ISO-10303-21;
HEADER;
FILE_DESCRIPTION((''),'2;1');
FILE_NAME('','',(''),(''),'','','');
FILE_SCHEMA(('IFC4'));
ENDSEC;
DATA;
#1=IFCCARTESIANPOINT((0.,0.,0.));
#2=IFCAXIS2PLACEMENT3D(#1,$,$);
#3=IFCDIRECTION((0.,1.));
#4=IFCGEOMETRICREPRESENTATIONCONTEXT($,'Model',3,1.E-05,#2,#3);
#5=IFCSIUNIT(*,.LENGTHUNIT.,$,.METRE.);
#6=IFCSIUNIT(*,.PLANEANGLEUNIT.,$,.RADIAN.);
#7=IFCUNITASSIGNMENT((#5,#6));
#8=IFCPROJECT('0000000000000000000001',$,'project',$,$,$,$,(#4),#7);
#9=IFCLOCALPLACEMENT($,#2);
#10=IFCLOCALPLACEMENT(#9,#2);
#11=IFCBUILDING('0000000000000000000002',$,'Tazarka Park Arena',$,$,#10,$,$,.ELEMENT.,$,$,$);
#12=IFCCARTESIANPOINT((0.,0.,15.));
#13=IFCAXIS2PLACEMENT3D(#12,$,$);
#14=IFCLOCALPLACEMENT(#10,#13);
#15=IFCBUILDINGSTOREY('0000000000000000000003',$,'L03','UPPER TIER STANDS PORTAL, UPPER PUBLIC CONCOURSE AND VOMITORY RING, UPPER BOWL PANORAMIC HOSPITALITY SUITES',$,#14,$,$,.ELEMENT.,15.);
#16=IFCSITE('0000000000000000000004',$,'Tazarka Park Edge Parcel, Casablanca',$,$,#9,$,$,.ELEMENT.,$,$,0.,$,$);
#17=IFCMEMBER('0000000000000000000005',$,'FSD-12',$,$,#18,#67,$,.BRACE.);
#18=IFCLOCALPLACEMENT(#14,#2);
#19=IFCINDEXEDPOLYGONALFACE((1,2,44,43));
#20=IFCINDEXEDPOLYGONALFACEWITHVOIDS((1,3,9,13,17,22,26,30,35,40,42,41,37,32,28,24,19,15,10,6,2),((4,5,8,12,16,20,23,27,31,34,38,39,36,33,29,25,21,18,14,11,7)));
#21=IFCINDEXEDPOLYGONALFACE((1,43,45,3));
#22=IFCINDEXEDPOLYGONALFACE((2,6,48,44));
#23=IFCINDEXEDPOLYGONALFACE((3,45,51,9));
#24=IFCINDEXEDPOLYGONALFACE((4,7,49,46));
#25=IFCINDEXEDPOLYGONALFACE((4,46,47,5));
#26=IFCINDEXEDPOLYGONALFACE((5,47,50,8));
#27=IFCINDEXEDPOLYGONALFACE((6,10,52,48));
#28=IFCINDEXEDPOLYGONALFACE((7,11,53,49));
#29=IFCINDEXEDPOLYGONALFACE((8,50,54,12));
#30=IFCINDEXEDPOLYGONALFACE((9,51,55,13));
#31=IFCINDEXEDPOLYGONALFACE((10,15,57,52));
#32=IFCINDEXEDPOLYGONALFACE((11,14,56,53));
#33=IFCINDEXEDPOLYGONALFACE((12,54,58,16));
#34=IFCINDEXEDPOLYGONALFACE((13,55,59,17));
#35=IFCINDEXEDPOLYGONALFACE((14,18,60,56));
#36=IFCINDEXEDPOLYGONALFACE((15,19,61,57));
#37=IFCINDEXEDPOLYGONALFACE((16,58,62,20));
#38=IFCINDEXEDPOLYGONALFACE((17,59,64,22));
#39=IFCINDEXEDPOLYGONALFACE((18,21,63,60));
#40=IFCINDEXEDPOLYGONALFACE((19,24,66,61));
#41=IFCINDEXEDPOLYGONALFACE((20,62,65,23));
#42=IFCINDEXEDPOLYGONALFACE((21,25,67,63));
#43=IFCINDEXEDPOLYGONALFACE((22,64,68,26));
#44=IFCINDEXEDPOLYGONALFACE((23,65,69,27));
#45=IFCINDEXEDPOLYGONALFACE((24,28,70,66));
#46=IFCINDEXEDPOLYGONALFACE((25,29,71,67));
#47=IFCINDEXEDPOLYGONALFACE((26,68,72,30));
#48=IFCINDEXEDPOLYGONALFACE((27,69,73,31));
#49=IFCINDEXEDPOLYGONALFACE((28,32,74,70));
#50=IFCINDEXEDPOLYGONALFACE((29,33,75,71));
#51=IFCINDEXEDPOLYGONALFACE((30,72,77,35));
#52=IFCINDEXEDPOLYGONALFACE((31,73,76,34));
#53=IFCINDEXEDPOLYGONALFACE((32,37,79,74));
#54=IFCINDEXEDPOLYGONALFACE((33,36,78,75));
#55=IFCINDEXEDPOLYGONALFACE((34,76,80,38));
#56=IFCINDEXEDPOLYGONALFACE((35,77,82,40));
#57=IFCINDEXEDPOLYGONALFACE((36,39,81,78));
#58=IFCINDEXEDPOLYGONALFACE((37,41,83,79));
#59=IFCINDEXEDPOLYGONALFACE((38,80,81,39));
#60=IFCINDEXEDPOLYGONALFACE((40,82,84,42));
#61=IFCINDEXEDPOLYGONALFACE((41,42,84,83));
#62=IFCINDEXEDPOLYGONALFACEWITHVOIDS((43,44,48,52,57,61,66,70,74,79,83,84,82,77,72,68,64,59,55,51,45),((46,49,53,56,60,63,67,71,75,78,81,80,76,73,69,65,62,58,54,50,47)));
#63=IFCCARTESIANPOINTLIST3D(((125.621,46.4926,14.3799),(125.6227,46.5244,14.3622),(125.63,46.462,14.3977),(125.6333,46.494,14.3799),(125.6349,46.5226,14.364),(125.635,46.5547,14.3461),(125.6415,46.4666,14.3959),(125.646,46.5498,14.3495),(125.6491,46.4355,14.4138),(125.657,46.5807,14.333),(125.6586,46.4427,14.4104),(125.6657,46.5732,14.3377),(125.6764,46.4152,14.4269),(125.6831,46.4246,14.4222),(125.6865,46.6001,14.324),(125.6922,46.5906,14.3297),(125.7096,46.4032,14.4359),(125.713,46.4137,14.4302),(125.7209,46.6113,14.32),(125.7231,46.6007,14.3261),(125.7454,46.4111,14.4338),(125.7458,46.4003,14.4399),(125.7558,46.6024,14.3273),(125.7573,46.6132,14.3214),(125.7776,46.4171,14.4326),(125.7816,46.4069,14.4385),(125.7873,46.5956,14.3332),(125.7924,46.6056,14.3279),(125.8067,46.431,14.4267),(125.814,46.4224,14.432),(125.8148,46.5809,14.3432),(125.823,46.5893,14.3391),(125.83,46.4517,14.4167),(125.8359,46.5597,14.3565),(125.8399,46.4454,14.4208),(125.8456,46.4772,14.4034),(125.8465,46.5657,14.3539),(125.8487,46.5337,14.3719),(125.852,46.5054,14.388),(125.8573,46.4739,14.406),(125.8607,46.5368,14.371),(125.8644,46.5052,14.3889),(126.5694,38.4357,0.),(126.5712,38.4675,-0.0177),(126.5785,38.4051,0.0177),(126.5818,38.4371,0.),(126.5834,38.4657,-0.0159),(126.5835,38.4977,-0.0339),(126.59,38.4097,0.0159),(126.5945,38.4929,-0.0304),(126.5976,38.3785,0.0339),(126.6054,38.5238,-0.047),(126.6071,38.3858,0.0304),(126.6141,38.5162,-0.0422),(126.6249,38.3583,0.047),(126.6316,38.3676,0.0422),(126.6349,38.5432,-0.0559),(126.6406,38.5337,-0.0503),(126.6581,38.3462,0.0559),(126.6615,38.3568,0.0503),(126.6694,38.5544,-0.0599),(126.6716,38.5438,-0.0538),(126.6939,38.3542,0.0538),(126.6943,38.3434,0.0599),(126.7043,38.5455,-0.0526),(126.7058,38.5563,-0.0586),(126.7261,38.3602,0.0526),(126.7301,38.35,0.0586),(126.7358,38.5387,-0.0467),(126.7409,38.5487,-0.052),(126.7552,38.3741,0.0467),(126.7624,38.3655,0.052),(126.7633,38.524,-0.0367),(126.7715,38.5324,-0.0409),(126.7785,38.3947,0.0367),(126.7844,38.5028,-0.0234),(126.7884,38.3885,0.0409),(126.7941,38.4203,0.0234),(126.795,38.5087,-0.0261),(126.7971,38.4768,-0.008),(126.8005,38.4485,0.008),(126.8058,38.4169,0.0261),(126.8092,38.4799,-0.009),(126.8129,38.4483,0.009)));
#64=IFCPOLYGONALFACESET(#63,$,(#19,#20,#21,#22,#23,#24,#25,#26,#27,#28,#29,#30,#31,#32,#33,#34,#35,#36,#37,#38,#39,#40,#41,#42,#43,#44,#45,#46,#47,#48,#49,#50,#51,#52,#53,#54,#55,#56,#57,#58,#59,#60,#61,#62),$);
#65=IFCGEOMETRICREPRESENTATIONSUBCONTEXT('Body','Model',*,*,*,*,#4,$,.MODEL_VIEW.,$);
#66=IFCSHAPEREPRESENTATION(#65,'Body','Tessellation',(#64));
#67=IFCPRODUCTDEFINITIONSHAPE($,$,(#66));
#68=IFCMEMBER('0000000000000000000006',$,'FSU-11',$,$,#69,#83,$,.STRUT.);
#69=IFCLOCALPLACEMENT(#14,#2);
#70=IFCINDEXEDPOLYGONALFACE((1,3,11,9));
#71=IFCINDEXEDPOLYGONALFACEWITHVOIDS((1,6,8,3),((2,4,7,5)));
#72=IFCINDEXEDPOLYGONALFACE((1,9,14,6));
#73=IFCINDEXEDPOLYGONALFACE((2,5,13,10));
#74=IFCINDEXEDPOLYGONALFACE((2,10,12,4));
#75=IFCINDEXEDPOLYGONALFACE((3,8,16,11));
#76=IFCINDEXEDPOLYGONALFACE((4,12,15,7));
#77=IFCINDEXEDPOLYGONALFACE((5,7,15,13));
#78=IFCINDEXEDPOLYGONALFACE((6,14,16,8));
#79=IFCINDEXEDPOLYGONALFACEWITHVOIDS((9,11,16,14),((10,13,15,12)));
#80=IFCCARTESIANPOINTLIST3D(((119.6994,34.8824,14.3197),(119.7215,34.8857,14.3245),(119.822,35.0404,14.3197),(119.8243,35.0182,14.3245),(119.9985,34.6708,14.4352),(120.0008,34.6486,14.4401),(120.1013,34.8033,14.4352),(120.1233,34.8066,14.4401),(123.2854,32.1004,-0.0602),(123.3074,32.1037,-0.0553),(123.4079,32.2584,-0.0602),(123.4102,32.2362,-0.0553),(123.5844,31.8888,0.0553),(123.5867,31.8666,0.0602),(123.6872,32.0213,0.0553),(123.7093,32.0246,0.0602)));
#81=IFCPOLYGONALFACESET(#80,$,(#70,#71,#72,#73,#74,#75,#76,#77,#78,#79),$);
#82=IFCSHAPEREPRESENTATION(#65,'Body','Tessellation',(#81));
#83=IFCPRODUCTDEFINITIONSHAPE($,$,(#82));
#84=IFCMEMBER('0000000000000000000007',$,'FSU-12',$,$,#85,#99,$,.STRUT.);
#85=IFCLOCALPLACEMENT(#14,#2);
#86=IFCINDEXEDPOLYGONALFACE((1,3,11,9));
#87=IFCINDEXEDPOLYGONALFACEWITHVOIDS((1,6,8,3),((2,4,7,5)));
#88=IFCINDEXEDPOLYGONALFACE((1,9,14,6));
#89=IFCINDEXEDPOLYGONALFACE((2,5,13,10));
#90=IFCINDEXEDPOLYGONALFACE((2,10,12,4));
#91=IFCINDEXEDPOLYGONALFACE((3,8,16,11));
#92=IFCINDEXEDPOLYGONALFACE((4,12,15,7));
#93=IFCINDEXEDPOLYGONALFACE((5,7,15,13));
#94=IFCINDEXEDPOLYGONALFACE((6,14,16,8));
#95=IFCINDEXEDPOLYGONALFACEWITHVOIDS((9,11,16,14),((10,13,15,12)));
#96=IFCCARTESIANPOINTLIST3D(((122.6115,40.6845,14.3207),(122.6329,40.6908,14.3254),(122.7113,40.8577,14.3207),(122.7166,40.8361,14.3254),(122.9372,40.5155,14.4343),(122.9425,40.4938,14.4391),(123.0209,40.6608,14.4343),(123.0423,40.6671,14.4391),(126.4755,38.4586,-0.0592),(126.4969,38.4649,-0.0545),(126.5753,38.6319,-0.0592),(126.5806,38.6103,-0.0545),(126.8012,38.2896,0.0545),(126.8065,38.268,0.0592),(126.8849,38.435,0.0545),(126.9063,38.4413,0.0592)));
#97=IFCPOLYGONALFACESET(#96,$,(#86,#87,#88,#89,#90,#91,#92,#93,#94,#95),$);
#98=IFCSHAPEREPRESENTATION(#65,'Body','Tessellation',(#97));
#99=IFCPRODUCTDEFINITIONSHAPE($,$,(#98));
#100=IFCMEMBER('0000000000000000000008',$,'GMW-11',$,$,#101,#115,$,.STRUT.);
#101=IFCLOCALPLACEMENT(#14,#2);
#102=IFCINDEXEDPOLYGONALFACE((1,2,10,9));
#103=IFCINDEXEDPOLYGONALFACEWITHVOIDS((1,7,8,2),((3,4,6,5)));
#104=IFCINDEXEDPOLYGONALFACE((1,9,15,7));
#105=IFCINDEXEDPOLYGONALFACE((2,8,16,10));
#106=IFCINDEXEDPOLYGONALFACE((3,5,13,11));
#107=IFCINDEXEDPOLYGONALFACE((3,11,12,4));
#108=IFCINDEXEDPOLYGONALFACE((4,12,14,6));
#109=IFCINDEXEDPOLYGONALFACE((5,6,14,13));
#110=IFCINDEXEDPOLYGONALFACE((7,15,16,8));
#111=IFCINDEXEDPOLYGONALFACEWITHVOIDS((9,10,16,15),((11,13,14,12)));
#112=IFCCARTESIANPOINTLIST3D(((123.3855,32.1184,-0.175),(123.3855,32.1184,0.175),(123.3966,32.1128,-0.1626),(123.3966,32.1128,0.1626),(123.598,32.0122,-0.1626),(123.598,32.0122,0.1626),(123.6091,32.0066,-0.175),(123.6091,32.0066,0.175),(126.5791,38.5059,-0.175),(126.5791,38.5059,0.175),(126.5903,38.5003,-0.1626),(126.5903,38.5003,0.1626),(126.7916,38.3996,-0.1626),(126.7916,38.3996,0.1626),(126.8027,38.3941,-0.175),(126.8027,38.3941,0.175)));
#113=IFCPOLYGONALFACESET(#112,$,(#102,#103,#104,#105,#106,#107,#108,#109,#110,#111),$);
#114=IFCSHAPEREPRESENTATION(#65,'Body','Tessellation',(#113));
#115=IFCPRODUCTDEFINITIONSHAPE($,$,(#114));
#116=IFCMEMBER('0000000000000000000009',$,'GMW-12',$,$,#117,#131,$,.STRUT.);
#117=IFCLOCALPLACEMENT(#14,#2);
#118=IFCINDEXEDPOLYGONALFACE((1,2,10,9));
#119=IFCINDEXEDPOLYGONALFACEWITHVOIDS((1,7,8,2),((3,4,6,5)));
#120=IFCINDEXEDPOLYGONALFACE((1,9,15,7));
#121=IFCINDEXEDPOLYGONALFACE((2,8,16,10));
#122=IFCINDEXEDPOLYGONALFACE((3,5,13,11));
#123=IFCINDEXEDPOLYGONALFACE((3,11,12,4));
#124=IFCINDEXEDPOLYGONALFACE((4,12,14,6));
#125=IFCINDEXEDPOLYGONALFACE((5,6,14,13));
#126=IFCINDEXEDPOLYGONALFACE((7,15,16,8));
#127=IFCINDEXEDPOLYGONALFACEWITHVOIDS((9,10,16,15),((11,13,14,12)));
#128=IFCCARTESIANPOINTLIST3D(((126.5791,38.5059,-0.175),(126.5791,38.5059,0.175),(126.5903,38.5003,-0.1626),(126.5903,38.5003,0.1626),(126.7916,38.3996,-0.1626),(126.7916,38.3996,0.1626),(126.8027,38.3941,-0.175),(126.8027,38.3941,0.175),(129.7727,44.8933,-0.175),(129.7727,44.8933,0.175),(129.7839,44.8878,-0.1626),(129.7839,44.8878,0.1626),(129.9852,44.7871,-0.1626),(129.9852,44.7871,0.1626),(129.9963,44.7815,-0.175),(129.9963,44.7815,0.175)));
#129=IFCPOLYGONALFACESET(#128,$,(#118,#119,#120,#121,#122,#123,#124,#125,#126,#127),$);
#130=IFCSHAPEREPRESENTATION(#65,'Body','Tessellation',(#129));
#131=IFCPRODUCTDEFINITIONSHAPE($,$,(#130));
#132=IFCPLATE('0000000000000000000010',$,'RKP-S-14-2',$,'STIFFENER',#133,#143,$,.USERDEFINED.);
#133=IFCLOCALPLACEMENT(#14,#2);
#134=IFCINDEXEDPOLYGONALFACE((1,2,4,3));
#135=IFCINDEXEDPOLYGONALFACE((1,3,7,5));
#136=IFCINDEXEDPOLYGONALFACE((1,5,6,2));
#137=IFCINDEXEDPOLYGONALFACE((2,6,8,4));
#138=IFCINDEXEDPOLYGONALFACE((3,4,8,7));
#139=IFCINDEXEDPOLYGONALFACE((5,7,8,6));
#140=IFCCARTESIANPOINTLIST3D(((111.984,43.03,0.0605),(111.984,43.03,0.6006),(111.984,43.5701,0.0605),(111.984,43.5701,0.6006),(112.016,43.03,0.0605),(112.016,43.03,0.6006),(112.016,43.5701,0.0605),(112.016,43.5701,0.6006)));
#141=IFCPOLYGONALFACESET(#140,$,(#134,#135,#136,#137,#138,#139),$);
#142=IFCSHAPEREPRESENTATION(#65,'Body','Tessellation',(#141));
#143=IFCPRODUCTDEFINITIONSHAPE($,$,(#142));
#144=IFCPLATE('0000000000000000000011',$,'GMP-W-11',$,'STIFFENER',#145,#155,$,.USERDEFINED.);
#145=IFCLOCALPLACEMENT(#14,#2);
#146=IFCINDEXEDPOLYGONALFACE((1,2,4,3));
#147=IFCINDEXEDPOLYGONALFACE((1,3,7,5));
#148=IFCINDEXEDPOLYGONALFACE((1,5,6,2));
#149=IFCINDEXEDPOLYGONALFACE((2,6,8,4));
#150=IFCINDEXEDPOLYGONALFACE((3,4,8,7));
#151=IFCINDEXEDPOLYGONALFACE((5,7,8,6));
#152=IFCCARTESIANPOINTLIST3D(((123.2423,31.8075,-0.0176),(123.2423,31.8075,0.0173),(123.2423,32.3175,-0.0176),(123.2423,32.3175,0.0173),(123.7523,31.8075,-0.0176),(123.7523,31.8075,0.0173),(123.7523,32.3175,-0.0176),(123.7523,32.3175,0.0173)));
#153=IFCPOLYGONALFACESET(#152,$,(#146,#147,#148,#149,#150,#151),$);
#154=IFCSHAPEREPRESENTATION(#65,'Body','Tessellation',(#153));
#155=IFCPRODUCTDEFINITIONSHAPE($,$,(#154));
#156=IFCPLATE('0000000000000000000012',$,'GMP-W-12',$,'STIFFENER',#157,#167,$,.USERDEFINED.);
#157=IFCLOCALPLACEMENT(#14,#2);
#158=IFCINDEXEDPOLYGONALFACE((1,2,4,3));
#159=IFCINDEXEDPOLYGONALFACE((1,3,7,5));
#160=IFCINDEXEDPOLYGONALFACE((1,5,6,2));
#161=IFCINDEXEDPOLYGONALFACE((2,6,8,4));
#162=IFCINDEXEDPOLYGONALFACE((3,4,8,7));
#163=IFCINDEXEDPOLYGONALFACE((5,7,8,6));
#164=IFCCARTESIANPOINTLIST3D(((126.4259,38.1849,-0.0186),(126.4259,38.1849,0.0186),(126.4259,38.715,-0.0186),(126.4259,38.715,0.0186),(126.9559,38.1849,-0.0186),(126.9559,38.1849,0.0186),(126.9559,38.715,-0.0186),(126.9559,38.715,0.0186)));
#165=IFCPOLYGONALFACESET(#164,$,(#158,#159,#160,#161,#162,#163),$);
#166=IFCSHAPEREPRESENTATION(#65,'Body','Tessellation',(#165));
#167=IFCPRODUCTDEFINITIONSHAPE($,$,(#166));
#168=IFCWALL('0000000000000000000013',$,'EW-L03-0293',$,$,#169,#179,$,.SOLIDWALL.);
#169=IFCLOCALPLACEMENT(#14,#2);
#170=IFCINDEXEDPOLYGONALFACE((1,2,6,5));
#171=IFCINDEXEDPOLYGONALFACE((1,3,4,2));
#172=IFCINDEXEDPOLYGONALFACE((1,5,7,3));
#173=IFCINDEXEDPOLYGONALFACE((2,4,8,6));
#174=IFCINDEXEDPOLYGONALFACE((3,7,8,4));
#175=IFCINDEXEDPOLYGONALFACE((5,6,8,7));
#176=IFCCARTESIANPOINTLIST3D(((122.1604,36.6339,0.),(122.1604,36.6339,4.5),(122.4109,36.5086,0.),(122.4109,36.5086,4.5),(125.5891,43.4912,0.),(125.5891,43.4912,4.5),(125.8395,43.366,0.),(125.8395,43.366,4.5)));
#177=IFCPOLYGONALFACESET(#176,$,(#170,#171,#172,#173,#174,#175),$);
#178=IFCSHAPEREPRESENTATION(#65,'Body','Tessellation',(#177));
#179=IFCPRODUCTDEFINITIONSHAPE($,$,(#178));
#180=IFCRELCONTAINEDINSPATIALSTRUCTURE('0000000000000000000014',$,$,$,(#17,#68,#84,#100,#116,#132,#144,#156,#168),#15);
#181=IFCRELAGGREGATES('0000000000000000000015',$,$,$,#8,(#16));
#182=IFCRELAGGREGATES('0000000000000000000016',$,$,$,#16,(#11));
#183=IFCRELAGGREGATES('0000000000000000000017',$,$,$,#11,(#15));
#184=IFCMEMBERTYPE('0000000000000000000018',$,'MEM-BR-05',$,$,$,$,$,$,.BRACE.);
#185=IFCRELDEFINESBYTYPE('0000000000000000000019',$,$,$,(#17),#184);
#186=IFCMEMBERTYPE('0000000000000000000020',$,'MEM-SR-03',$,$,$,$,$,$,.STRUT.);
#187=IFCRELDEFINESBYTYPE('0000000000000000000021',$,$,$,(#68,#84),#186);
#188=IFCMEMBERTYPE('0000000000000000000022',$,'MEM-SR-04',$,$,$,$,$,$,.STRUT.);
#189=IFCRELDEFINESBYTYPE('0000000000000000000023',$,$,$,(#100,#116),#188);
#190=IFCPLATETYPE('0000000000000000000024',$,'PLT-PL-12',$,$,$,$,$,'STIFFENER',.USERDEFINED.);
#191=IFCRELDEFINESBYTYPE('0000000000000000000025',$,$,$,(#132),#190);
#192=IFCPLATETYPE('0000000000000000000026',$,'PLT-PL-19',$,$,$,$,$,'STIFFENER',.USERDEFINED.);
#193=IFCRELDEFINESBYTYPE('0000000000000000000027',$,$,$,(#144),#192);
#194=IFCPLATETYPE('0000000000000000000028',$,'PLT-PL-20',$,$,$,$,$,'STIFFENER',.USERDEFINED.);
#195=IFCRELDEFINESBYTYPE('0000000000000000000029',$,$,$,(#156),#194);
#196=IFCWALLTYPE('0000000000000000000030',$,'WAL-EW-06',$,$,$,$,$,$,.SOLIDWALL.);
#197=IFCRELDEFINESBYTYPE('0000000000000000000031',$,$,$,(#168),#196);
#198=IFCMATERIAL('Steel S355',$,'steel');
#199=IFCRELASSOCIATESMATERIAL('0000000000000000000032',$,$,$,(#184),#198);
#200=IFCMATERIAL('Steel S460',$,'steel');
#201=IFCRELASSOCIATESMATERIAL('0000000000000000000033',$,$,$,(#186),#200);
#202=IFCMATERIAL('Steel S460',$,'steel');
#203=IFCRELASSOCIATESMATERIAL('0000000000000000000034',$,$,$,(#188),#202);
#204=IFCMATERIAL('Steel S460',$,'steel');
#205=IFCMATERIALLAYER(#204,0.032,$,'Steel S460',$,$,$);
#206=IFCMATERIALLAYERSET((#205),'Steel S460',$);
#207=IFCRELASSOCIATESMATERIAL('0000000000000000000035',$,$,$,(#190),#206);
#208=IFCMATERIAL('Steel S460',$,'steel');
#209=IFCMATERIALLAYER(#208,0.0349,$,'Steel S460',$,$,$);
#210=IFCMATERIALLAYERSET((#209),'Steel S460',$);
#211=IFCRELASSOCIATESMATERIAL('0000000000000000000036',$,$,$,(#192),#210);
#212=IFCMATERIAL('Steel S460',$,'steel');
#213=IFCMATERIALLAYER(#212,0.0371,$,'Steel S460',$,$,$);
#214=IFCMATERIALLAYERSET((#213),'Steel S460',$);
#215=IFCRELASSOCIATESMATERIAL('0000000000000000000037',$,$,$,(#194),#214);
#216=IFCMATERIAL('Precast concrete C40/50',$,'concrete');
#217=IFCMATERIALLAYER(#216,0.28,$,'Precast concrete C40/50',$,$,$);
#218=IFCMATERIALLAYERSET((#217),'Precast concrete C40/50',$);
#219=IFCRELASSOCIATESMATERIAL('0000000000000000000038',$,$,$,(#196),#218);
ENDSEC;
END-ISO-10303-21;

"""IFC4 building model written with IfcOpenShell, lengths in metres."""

from ifc_helpers import new_model, si_unit, direction, frame, frame_2d, origin, origin_2d, place, context, subcontext, project, spatial, rectangle, hollow_rectangle, hollow_circle, extrude, material, layer, layer_set, material_profile, profile_set, type_object, element, save


model = new_model("IFC4")

# Units and contexts
model_context = context("Model", 3, precision=1e-05, world=origin(), true_north=direction((0.0, 1.0)))
body_context = subcontext(model_context, "Body", "Model", "MODEL_VIEW")
ifc_project = project(units=[si_unit("LENGTHUNIT", "METRE"), si_unit("PLANEANGLEUNIT", "RADIAN")], contexts=[model_context])

# Site, building, storey
site_placement = place(None, origin())
site = spatial("IfcSite", under=ifc_project, at=site_placement, Name="Tazarka Park Edge Parcel, Casablanca", CompositionType="ELEMENT", RefElevation=0.0)
building_placement = place(site_placement, origin())
building = spatial("IfcBuilding", under=site, at=building_placement, Name="Tazarka Park Arena", CompositionType="ELEMENT")
storey_placement = place(building_placement, frame((0.0, 0.0, 15.0)))
storey = spatial("IfcBuildingStorey", under=building, at=storey_placement, Name="L03", Description="UPPER TIER STANDS PORTAL, UPPER PUBLIC CONCOURSE AND VOMITORY RING, UPPER BOWL PANORAMIC HOSPITALITY SUITES", CompositionType="ELEMENT", Elevation=15.0)

# Members
ifc_material_1 = material(Name="Steel S355", Category="steel")
ifc_material_profile_1 = material_profile(ifc_material_1, hollow_circle(Radius=0.1223, WallThickness=0.0125, at=origin_2d()), Name="Steel S355")
ifc_profile_set_1 = profile_set([ifc_material_profile_1], Name="Steel S355")
member_type_1 = type_object("IfcMemberType", Name="MEM-BR-05", PredefinedType="BRACE", material=ifc_profile_set_1)
member_1_placement = place(storey_placement, frame((126.6909, 38.45, 0.0), z_axis=(-0.057448, 0.487988, 0.870958), x_axis=(-0.993142, -0.116916, 0.0)))
element("IfcMember", 1, at=member_1_placement, inside=storey, type_object=member_type_1, Name="FSD-12", PredefinedType="BRACE", context=body_context, shape_type="SweptSolid", body=[
    extrude(hollow_circle(Radius=0.1223, WallThickness=0.0125, at=origin_2d()), origin(), (0.0, 0.0, 1.0), 16.5105),
])
ifc_material_2 = material(Name="Steel S460", Category="steel")
ifc_material_profile_2 = material_profile(ifc_material_2, hollow_rectangle(XDim=0.2, YDim=0.3999, WallThickness=0.0161, at=origin_2d()), Name="Steel S460")
ifc_profile_set_2 = profile_set([ifc_material_profile_2], Name="Steel S460")
member_type_2 = type_object("IfcMemberType", Name="MEM-SR-03", PredefinedType="STRUT", material=ifc_profile_set_2)
member_2_placement = place(storey_placement, frame((123.4973, 32.0625, 0.0), z_axis=(-0.237808, 0.184493, 0.95363), x_axis=(-0.612968, -0.790108, 0.0)))
element("IfcMember", 2, at=member_2_placement, inside=storey, type_object=member_type_2, Name="FSU-11", PredefinedType="STRUT", context=body_context, shape_type="SweptSolid", body=[
    extrude(hollow_rectangle(XDim=0.2, YDim=0.3999, WallThickness=0.0161, at=origin_2d()), origin(), (0.0, 0.0, 1.0), 15.0791),
])
member_3_placement = place(storey_placement, frame((126.6909, 38.45, 0.0), z_axis=(-0.256653, 0.147842, 0.955129), x_axis=(-0.499149, -0.866516, 0.0)))
element("IfcMember", 3, at=member_3_placement, inside=storey, type_object=member_type_2, Name="FSU-12", PredefinedType="STRUT", context=body_context, shape_type="SweptSolid", body=[
    extrude(hollow_rectangle(XDim=0.2, YDim=0.3999, WallThickness=0.0161, at=origin_2d()), origin(), (0.0, 0.0, 1.0), 15.0554),
])
ifc_material_3 = material(Name="Steel S460", Category="steel")
ifc_material_profile_3 = material_profile(ifc_material_3, hollow_rectangle(XDim=0.25, YDim=0.3501, WallThickness=0.0125, at=origin_2d()), Name="Steel S460")
ifc_profile_set_3 = profile_set([ifc_material_profile_3], Name="Steel S460")
member_type_3 = type_object("IfcMemberType", Name="MEM-SR-04", PredefinedType="STRUT", material=ifc_profile_set_3)
for number, where, z_axis, x_axis, name in (
    (4, (123.4973, 32.0625, 0.0), (0.4472, 0.894434, 0.0), (-0.894434, 0.4472, 0.0), "GMW-11"),
    (5, (126.6909, 38.45, 0.0), (0.4472, 0.894434, 0.0), (-0.894434, 0.4472, 0.0), "GMW-12"),
):
    element("IfcMember", number, at=place(storey_placement, frame(where, z_axis=z_axis, x_axis=x_axis)), inside=storey, type_object=member_type_3, Name=name, PredefinedType="STRUT", context=body_context, shape_type="SweptSolid", body=[
        extrude(hollow_rectangle(XDim=0.25, YDim=0.3501, WallThickness=0.0125, at=origin_2d()), origin(), (0.0, 0.0, 1.0), 7.1414),
    ])

# Plates
ifc_material_4 = material(Name="Steel S460", Category="steel")
ifc_layer_1 = layer(ifc_material_4, 0.032, Name="Steel S460")
ifc_layer_set_1 = layer_set([ifc_layer_1], Name="Steel S460")
plate_type_1 = type_object("IfcPlateType", Name="PLT-PL-12", ElementType="STIFFENER", PredefinedType="USERDEFINED", material=ifc_layer_set_1)
plate_1_placement = place(storey_placement, frame((112.0, 43.3, 0.0605), z_axis=(0.0, 0.0, 1.0), x_axis=(1.0, 0.0, 0.0)))
element("IfcPlate", 6, at=plate_1_placement, inside=storey, type_object=plate_type_1, Name="RKP-S-14-2", ObjectType="STIFFENER", PredefinedType="USERDEFINED", context=body_context, shape_type="SweptSolid", body=[
    extrude(rectangle(XDim=0.032, YDim=0.54, at=origin_2d()), origin(), (0.0, 0.0, 1.0), 0.54),
])
ifc_material_5 = material(Name="Steel S460", Category="steel")
ifc_layer_2 = layer(ifc_material_5, 0.0349, Name="Steel S460")
ifc_layer_set_2 = layer_set([ifc_layer_2], Name="Steel S460")
plate_type_2 = type_object("IfcPlateType", Name="PLT-PL-19", ElementType="STIFFENER", PredefinedType="USERDEFINED", material=ifc_layer_set_2)
plate_2_placement = place(storey_placement, frame((123.4973, 32.0625, -0.0176), z_axis=(0.0, 0.0, 1.0), x_axis=(1.0, 0.0, 0.0)))
element("IfcPlate", 7, at=plate_2_placement, inside=storey, type_object=plate_type_2, Name="GMP-W-11", ObjectType="STIFFENER", PredefinedType="USERDEFINED", context=body_context, shape_type="SweptSolid", body=[
    extrude(rectangle(XDim=0.51, YDim=0.51, at=origin_2d()), origin(), (0.0, 0.0, 1.0), 0.0349),
])
ifc_material_6 = material(Name="Steel S460", Category="steel")
ifc_layer_3 = layer(ifc_material_6, 0.0371, Name="Steel S460")
ifc_layer_set_3 = layer_set([ifc_layer_3], Name="Steel S460")
plate_type_3 = type_object("IfcPlateType", Name="PLT-PL-20", ElementType="STIFFENER", PredefinedType="USERDEFINED", material=ifc_layer_set_3)
plate_3_placement = place(storey_placement, frame((126.6909, 38.45, -0.0186), z_axis=(0.0, 0.0, 1.0), x_axis=(1.0, 0.0, 0.0)))
element("IfcPlate", 8, at=plate_3_placement, inside=storey, type_object=plate_type_3, Name="GMP-W-12", ObjectType="STIFFENER", PredefinedType="USERDEFINED", context=body_context, shape_type="SweptSolid", body=[
    extrude(rectangle(XDim=0.53, YDim=0.53, at=origin_2d()), origin(), (0.0, 0.0, 1.0), 0.0371),
])

# Wall
ifc_material_7 = material(Name="Precast concrete C40/50", Category="concrete")
ifc_layer_4 = layer(ifc_material_7, 0.28, Name="Precast concrete C40/50")
ifc_layer_set_4 = layer_set([ifc_layer_4], Name="Precast concrete C40/50")
wall_type_1 = type_object("IfcWallType", Name="WAL-EW-06", PredefinedType="SOLIDWALL", material=ifc_layer_set_4)
wall_1_placement = place(storey_placement, frame((125.7144, 43.4287, 0.0), z_axis=(0.0, 0.0, 1.0), x_axis=(-0.447214, -0.894427, 0.0)))
element("IfcWall", 9, at=wall_1_placement, inside=storey, type_object=wall_type_1, Name="EW-L03-0293", PredefinedType="SOLIDWALL", context=body_context, shape_type="SweptSolid", body=[
    extrude(rectangle(XDim=7.6667, YDim=0.28, at=frame_2d((3.8335, 0.0))), origin(), (0.0, 0.0, 1.0), 4.5),
])

save(model, "model.ifc")
